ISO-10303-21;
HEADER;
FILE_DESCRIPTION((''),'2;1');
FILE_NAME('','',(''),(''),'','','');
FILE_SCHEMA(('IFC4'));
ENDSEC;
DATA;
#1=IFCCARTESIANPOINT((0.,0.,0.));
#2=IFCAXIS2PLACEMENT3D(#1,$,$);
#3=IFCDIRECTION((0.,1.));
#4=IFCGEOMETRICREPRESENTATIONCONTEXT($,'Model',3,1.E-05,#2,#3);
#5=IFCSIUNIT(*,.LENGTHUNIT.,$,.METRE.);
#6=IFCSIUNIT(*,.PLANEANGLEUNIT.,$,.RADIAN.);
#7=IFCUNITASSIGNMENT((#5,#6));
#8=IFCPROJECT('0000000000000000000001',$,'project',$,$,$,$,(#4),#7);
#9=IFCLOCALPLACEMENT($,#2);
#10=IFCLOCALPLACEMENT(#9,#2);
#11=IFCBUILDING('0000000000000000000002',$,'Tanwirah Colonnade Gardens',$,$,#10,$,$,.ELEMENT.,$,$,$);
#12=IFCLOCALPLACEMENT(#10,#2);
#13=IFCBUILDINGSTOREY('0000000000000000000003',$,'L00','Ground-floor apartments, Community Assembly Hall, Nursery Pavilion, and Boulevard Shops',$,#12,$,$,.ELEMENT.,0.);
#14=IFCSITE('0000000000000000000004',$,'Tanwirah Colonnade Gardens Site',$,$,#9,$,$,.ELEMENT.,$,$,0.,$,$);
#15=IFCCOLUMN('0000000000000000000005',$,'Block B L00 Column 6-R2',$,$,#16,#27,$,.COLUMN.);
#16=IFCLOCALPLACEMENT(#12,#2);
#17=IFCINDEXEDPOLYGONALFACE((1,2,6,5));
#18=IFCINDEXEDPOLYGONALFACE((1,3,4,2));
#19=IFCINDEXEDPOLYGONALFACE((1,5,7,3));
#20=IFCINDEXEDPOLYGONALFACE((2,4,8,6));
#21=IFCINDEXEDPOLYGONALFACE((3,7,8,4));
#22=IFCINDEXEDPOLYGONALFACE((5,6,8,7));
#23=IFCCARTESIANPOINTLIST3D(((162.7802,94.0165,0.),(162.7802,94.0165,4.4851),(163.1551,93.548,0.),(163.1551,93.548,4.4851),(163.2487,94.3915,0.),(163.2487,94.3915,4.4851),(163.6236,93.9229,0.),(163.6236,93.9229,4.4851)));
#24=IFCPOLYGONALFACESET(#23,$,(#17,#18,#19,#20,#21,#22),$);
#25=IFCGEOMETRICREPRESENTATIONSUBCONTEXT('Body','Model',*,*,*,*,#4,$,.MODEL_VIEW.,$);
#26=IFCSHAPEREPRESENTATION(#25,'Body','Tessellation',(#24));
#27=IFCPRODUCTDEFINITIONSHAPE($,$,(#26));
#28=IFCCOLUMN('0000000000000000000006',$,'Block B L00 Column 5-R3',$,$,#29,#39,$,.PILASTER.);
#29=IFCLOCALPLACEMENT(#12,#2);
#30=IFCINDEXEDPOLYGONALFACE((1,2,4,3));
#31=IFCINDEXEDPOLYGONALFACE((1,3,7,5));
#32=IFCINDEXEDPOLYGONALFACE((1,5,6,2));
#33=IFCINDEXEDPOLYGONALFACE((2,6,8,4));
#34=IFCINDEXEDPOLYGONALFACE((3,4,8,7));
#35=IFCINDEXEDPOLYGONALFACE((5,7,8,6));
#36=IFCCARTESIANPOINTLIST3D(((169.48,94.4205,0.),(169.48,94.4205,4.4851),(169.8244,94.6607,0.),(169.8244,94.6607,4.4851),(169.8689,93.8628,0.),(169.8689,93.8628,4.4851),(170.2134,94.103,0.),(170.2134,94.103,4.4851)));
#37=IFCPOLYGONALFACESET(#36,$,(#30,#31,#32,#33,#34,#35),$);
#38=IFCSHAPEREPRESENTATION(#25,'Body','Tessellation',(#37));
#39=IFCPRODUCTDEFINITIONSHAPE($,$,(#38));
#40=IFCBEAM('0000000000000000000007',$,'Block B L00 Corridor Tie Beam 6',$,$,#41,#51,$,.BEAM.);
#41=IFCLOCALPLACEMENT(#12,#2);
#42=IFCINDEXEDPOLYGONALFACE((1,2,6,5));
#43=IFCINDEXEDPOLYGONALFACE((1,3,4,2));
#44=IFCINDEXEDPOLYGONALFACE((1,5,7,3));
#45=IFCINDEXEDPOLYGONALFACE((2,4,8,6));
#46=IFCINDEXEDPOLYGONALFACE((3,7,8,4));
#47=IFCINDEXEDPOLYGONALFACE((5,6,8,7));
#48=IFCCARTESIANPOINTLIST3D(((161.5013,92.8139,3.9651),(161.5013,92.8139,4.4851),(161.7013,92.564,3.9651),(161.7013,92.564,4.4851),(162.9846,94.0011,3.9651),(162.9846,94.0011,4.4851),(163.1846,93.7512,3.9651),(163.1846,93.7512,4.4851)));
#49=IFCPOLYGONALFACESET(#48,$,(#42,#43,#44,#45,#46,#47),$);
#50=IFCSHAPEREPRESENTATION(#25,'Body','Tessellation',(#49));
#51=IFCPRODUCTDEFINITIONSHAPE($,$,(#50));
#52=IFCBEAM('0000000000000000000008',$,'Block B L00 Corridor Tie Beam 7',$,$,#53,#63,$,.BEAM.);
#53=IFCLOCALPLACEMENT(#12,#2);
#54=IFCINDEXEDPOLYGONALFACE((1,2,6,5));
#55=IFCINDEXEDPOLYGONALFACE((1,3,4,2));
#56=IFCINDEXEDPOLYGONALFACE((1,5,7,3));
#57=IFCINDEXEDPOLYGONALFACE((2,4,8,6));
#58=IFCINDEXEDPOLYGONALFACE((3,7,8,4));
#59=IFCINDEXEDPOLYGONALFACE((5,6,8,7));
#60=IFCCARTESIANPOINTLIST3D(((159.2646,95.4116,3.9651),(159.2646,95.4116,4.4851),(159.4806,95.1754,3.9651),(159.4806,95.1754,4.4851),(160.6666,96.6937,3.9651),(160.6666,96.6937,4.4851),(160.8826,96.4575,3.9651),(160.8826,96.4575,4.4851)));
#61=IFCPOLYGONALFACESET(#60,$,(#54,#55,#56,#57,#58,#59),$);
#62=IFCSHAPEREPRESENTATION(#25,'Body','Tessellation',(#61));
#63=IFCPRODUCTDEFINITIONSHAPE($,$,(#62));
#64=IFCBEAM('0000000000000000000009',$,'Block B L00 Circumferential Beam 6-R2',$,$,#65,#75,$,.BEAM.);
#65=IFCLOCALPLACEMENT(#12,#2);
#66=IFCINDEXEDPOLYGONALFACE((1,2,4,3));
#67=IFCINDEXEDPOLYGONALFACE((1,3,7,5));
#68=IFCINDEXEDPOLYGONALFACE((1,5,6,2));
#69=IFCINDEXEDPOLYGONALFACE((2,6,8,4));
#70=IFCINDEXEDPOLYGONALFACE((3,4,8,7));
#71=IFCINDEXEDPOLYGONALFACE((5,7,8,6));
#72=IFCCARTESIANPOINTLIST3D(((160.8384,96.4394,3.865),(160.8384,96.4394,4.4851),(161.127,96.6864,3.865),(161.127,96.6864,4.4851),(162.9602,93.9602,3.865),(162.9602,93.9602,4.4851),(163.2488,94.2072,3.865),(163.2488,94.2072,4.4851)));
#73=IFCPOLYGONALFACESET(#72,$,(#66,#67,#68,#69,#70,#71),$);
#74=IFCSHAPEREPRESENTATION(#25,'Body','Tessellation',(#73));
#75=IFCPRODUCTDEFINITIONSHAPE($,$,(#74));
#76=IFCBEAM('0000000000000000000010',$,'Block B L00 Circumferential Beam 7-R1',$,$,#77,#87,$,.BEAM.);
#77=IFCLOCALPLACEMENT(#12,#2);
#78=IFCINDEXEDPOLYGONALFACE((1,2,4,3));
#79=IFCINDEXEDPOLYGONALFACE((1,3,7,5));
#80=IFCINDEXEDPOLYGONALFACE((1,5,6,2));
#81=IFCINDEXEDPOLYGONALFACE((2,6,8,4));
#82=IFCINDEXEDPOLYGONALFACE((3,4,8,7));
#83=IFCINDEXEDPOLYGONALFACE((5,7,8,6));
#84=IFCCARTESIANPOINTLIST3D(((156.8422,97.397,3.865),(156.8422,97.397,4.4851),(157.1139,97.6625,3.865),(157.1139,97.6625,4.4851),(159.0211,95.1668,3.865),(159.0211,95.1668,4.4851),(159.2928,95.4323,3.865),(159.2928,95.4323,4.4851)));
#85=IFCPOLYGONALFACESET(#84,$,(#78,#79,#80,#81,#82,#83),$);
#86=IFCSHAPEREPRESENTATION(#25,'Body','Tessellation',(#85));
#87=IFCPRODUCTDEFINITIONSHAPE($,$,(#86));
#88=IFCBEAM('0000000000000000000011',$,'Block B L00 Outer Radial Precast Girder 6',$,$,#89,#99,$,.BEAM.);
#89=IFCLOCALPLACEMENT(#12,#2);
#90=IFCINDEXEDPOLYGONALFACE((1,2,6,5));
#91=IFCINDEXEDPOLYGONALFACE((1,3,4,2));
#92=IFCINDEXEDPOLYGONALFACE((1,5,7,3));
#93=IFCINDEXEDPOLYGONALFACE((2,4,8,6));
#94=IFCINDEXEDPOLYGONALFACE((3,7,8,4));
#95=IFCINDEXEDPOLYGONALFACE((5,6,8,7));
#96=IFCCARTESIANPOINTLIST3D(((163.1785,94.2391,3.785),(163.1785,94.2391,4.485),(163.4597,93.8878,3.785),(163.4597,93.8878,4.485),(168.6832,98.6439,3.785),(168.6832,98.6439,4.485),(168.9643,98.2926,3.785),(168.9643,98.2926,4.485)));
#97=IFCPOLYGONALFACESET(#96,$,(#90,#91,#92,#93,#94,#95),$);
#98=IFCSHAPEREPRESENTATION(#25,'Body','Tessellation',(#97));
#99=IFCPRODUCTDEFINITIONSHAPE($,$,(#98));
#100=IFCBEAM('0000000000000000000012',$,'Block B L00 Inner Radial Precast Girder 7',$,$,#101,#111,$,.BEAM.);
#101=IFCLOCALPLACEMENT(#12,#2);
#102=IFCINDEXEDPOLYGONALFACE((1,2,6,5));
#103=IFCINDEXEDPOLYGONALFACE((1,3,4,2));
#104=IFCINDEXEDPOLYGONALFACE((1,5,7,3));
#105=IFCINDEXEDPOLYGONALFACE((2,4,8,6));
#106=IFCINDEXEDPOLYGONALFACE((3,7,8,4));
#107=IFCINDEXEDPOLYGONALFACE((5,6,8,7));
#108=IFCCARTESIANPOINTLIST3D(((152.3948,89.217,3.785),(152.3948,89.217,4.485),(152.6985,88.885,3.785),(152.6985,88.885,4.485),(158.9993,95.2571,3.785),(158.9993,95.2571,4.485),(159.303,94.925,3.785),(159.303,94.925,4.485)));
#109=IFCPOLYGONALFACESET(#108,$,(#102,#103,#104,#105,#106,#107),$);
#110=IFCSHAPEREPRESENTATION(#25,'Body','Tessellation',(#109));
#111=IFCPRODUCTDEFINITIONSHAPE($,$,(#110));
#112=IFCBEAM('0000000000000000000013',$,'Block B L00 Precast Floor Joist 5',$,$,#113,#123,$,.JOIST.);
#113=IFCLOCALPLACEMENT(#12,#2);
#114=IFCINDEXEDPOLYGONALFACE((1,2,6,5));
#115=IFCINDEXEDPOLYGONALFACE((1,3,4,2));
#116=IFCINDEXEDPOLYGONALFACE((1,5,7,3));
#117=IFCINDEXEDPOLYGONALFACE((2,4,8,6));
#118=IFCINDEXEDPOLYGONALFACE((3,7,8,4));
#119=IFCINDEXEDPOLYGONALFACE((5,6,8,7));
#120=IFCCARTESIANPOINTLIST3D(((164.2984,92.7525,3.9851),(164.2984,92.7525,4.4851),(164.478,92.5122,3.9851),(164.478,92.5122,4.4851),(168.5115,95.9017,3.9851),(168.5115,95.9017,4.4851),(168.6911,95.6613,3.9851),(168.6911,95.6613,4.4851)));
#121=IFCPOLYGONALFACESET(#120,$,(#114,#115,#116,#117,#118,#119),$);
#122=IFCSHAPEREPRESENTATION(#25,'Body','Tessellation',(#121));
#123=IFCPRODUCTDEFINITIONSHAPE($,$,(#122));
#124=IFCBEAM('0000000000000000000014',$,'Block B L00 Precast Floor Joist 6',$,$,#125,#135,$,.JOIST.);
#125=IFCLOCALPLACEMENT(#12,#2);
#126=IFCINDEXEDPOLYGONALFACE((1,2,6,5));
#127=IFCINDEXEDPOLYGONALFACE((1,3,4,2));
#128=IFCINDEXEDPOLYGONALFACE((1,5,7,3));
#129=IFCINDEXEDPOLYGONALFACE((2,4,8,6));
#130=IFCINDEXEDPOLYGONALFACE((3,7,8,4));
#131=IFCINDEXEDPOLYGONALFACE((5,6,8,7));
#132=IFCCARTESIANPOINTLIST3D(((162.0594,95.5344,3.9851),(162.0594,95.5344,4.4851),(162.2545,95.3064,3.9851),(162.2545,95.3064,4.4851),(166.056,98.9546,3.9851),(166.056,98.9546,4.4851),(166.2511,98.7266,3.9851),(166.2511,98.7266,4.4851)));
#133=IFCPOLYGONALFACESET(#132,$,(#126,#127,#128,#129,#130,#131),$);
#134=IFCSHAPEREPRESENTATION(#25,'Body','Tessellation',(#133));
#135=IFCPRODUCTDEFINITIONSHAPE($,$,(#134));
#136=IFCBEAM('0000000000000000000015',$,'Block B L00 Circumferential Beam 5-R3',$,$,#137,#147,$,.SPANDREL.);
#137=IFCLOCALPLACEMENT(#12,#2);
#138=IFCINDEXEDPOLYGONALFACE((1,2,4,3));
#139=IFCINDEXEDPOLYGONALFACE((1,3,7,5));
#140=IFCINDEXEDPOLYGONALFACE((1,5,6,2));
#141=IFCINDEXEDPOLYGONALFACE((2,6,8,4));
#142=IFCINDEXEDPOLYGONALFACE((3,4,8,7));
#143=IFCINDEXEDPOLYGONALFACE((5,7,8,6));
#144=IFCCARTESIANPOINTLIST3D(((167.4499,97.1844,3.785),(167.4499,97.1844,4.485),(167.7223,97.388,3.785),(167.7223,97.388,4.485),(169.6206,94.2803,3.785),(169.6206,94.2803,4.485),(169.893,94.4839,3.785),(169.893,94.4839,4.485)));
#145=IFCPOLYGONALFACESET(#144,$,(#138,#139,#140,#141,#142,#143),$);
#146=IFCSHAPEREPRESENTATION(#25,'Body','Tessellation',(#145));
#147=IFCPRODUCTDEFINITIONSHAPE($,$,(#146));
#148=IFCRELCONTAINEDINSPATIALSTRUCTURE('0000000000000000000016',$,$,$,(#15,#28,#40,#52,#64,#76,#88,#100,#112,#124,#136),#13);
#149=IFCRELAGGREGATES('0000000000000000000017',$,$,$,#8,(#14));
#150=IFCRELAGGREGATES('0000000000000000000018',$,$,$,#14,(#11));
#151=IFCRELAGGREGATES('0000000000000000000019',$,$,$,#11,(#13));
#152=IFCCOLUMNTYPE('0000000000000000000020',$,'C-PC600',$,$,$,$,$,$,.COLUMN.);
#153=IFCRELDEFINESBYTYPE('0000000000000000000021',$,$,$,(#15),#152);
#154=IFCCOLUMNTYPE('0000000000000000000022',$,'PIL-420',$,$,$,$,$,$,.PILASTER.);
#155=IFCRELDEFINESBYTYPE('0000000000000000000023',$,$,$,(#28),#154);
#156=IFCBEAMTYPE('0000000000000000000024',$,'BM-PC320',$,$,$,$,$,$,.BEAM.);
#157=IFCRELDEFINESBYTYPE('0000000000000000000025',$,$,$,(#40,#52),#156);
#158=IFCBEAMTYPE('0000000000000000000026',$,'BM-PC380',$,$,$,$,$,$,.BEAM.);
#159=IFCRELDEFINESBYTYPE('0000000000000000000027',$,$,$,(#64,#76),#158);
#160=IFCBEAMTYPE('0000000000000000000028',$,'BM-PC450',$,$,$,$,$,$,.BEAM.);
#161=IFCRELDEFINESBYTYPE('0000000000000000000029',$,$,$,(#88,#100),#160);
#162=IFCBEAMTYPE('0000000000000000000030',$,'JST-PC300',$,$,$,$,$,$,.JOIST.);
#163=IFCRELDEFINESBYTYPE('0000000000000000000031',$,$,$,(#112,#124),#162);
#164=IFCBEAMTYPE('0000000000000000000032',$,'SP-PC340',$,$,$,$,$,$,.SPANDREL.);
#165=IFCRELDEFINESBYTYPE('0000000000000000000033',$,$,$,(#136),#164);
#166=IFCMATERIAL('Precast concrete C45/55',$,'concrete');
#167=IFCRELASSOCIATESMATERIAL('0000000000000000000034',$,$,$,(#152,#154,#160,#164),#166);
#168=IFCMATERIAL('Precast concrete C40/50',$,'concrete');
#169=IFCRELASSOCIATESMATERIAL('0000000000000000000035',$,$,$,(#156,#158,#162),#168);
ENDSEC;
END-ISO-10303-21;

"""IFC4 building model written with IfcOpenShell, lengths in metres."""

from ifc_helpers import new_model, si_unit, direction, frame, origin, origin_2d, place, context, subcontext, project, spatial, rectangle, extrude, material, material_profile, profile_set, type_object, element, save


model = new_model("IFC4")

# Units and contexts
model_context = context("Model", 3, precision=1e-05, world=origin(), true_north=direction((0.0, 1.0)))
body_context = subcontext(model_context, "Body", "Model", "MODEL_VIEW")
ifc_project = project(units=[si_unit("LENGTHUNIT", "METRE"), si_unit("PLANEANGLEUNIT", "RADIAN")], contexts=[model_context])

# Site, building, storey
site_placement = place(None, origin())
site = spatial("IfcSite", under=ifc_project, at=site_placement, Name="Tanwirah Colonnade Gardens Site", CompositionType="ELEMENT", RefElevation=0.0)
building_placement = place(site_placement, origin())
building = spatial("IfcBuilding", under=site, at=building_placement, Name="Tanwirah Colonnade Gardens", CompositionType="ELEMENT")
storey_placement = place(building_placement, origin())
storey = spatial("IfcBuildingStorey", under=building, at=storey_placement, Name="L00", Description="Ground-floor apartments, Community Assembly Hall, Nursery Pavilion, and Boulevard Shops", CompositionType="ELEMENT", Elevation=0.0)

# Columns
ifc_material_1 = material(Name="Precast concrete C45/55", Category="concrete")
ifc_material_profile_1 = material_profile(ifc_material_1, rectangle(XDim=0.6001, YDim=0.6001, at=origin_2d()), Name="PC-COL 600x600")
ifc_profile_set_1 = profile_set([ifc_material_profile_1], Name="Precast concrete C45/55")
column_type_1 = type_object("IfcColumnType", Name="C-PC600", PredefinedType="COLUMN", material=ifc_profile_set_1)
column_1_placement = place(storey_placement, frame((163.2019, 93.9697, 0.0), z_axis=(0.0, 0.0, 1.0), x_axis=(0.780794, 0.624789, 0.0)))
element("IfcColumn", 1, at=column_1_placement, inside=storey, type_object=column_type_1, Name="Block B L00 Column 6-R2", PredefinedType="COLUMN", context=body_context, shape_type="SweptSolid", body=[
    extrude(rectangle(XDim=0.6001, YDim=0.6001, at=origin_2d()), origin(), (0.0, 0.0, 1.0), 4.4851),
])
ifc_material_profile_2 = material_profile(ifc_material_1, rectangle(XDim=0.4199, YDim=0.6799, at=origin_2d()), Name="PC-PIL 420x680")
ifc_profile_set_2 = profile_set([ifc_material_profile_2], Name="Precast concrete C45/55")
column_type_2 = type_object("IfcColumnType", Name="PIL-420", PredefinedType="PILASTER", material=ifc_profile_set_2)
column_2_placement = place(storey_placement, frame((169.8467, 94.2617, 0.0), z_axis=(0.0, 0.0, 1.0), x_axis=(0.820263, 0.571987, 0.0)))
element("IfcColumn", 2, at=column_2_placement, inside=storey, type_object=column_type_2, Name="Block B L00 Column 5-R3", PredefinedType="PILASTER", context=body_context, shape_type="SweptSolid", body=[
    extrude(rectangle(XDim=0.4199, YDim=0.6799, at=origin_2d()), origin(), (0.0, 0.0, 1.0), 4.4851),
])

# Beams
ifc_material_2 = material(Name="Precast concrete C40/50", Category="concrete")
ifc_material_profile_3 = material_profile(ifc_material_2, rectangle(XDim=0.3201, YDim=0.52, at=origin_2d()), Name="PC-BM 320x520")
ifc_profile_set_3 = profile_set([ifc_material_profile_3], Name="Precast concrete C40/50")
beam_type_1 = type_object("IfcBeamType", Name="BM-PC320", PredefinedType="BEAM", material=ifc_profile_set_3)
for number, where, z_axis, x_axis, name in (
    (3, (161.6013, 92.689, 4.2251), (0.780731, 0.624867, 0.0), (-0.624867, 0.780731, 0.0), "Block B L00 Corridor Tie Beam 6"),
    (4, (159.3726, 95.2935, 4.2251), (0.737948, 0.674857, 0.0), (-0.674857, 0.737948, 0.0), "Block B L00 Corridor Tie Beam 7"),
):
    element("IfcBeam", number, at=place(storey_placement, frame(where, z_axis=z_axis, x_axis=x_axis)), inside=storey, type_object=beam_type_1, Name=name, PredefinedType="BEAM", context=body_context, shape_type="SweptSolid", body=[
        extrude(rectangle(XDim=0.3201, YDim=0.52, at=origin_2d()), origin(), (0.0, 0.0, 1.0), 1.8999),
    ])
ifc_material_profile_4 = material_profile(ifc_material_2, rectangle(XDim=0.3799, YDim=0.6201, at=origin_2d()), Name="PC-BM 380x620")
ifc_profile_set_4 = profile_set([ifc_material_profile_4], Name="Precast concrete C40/50")
beam_type_2 = type_object("IfcBeamType", Name="BM-PC380", PredefinedType="BEAM", material=ifc_profile_set_4)
beam_1_placement = place(storey_placement, frame((163.1045, 94.0837, 4.175), z_axis=(-0.650218, 0.759748, 0.0), x_axis=(-0.759748, -0.650218, 0.0)))
element("IfcBeam", 5, at=beam_1_placement, inside=storey, type_object=beam_type_2, Name="Block B L00 Circumferential Beam 6-R2", PredefinedType="BEAM", context=body_context, shape_type="SweptSolid", body=[
    extrude(rectangle(XDim=0.3799, YDim=0.6201, at=origin_2d()), origin(), (0.0, 0.0, 1.0), 3.2632),
])
beam_2_placement = place(storey_placement, frame((159.157, 95.2996, 4.175), z_axis=(-0.698837, 0.715281, 0.0), x_axis=(-0.715281, -0.698837, 0.0)))
element("IfcBeam", 6, at=beam_2_placement, inside=storey, type_object=beam_type_2, Name="Block B L00 Circumferential Beam 7-R1", PredefinedType="BEAM", context=body_context, shape_type="SweptSolid", body=[
    extrude(rectangle(XDim=0.3799, YDim=0.6201, at=origin_2d()), origin(), (0.0, 0.0, 1.0), 3.1179),
])
ifc_material_profile_5 = material_profile(ifc_material_1, rectangle(XDim=0.45, YDim=0.7, at=origin_2d()), Name="PC-BM 450x700")
ifc_profile_set_5 = profile_set([ifc_material_profile_5], Name="Precast concrete C45/55")
beam_type_3 = type_object("IfcBeamType", Name="BM-PC450", PredefinedType="BEAM", material=ifc_profile_set_5)
beam_3_placement = place(storey_placement, frame((163.3191, 94.0635, 4.135), z_axis=(0.780794, 0.624788, 0.0), x_axis=(-0.624788, 0.780794, 0.0)))
element("IfcBeam", 7, at=beam_3_placement, inside=storey, type_object=beam_type_3, Name="Block B L00 Outer Radial Precast Girder 6", PredefinedType="BEAM", context=body_context, shape_type="SweptSolid", body=[
    extrude(rectangle(XDim=0.45, YDim=0.7, at=origin_2d()), origin(), (0.0, 0.0, 1.0), 7.05),
])
beam_4_placement = place(storey_placement, frame((159.1511, 95.0911, 4.135), z_axis=(-0.737937, -0.674869, 0.0), x_axis=(0.674869, -0.737937, 0.0)))
element("IfcBeam", 8, at=beam_4_placement, inside=storey, type_object=beam_type_3, Name="Block B L00 Inner Radial Precast Girder 7", PredefinedType="BEAM", context=body_context, shape_type="SweptSolid", body=[
    extrude(rectangle(XDim=0.45, YDim=0.7, at=origin_2d()), origin(), (0.0, 0.0, 1.0), 8.95),
])
ifc_material_profile_6 = material_profile(ifc_material_2, rectangle(XDim=0.3, YDim=0.5, at=origin_2d()), Name="PC-JST 300x500")
ifc_profile_set_6 = profile_set([ifc_material_profile_6], Name="Precast concrete C40/50")
beam_type_4 = type_object("IfcBeamType", Name="JST-PC300", PredefinedType="JOIST", material=ifc_profile_set_6)
beam_5_placement = place(storey_placement, frame((164.3882, 92.6323, 4.2351), z_axis=(0.800974, 0.5987, 0.0), x_axis=(-0.5987, 0.800974, 0.0)))
element("IfcBeam", 9, at=beam_5_placement, inside=storey, type_object=beam_type_4, Name="Block B L00 Precast Floor Joist 5", PredefinedType="JOIST", context=body_context, shape_type="SweptSolid", body=[
    extrude(rectangle(XDim=0.3, YDim=0.5, at=origin_2d()), origin(), (0.0, 0.0, 1.0), 5.26),
])
beam_6_placement = place(storey_placement, frame((162.157, 95.4204, 4.2351), z_axis=(0.759771, 0.650191, 0.0), x_axis=(-0.650191, 0.759771, 0.0)))
element("IfcBeam", 10, at=beam_6_placement, inside=storey, type_object=beam_type_4, Name="Block B L00 Precast Floor Joist 6", PredefinedType="JOIST", context=body_context, shape_type="SweptSolid", body=[
    extrude(rectangle(XDim=0.3, YDim=0.5, at=origin_2d()), origin(), (0.0, 0.0, 1.0), 5.2603),
])
ifc_material_profile_7 = material_profile(ifc_material_1, rectangle(XDim=0.3401, YDim=0.7, at=origin_2d()), Name="PC-SP 340x700")
ifc_profile_set_7 = profile_set([ifc_material_profile_7], Name="Precast concrete C45/55")
beam_type_5 = type_object("IfcBeamType", Name="SP-PC340", PredefinedType="SPANDREL", material=ifc_profile_set_7)
beam_7_placement = place(storey_placement, frame((169.7568, 94.3821, 4.135), z_axis=(-0.598696, 0.800977, 0.0), x_axis=(-0.800977, -0.598696, 0.0)))
element("IfcBeam", 11, at=beam_7_placement, inside=storey, type_object=beam_type_5, Name="Block B L00 Circumferential Beam 5-R3", PredefinedType="SPANDREL", context=body_context, shape_type="SweptSolid", body=[
    extrude(rectangle(XDim=0.3401, YDim=0.7, at=origin_2d()), origin(), (0.0, 0.0, 1.0), 3.6257),
])

save(model, "model.ifc")
